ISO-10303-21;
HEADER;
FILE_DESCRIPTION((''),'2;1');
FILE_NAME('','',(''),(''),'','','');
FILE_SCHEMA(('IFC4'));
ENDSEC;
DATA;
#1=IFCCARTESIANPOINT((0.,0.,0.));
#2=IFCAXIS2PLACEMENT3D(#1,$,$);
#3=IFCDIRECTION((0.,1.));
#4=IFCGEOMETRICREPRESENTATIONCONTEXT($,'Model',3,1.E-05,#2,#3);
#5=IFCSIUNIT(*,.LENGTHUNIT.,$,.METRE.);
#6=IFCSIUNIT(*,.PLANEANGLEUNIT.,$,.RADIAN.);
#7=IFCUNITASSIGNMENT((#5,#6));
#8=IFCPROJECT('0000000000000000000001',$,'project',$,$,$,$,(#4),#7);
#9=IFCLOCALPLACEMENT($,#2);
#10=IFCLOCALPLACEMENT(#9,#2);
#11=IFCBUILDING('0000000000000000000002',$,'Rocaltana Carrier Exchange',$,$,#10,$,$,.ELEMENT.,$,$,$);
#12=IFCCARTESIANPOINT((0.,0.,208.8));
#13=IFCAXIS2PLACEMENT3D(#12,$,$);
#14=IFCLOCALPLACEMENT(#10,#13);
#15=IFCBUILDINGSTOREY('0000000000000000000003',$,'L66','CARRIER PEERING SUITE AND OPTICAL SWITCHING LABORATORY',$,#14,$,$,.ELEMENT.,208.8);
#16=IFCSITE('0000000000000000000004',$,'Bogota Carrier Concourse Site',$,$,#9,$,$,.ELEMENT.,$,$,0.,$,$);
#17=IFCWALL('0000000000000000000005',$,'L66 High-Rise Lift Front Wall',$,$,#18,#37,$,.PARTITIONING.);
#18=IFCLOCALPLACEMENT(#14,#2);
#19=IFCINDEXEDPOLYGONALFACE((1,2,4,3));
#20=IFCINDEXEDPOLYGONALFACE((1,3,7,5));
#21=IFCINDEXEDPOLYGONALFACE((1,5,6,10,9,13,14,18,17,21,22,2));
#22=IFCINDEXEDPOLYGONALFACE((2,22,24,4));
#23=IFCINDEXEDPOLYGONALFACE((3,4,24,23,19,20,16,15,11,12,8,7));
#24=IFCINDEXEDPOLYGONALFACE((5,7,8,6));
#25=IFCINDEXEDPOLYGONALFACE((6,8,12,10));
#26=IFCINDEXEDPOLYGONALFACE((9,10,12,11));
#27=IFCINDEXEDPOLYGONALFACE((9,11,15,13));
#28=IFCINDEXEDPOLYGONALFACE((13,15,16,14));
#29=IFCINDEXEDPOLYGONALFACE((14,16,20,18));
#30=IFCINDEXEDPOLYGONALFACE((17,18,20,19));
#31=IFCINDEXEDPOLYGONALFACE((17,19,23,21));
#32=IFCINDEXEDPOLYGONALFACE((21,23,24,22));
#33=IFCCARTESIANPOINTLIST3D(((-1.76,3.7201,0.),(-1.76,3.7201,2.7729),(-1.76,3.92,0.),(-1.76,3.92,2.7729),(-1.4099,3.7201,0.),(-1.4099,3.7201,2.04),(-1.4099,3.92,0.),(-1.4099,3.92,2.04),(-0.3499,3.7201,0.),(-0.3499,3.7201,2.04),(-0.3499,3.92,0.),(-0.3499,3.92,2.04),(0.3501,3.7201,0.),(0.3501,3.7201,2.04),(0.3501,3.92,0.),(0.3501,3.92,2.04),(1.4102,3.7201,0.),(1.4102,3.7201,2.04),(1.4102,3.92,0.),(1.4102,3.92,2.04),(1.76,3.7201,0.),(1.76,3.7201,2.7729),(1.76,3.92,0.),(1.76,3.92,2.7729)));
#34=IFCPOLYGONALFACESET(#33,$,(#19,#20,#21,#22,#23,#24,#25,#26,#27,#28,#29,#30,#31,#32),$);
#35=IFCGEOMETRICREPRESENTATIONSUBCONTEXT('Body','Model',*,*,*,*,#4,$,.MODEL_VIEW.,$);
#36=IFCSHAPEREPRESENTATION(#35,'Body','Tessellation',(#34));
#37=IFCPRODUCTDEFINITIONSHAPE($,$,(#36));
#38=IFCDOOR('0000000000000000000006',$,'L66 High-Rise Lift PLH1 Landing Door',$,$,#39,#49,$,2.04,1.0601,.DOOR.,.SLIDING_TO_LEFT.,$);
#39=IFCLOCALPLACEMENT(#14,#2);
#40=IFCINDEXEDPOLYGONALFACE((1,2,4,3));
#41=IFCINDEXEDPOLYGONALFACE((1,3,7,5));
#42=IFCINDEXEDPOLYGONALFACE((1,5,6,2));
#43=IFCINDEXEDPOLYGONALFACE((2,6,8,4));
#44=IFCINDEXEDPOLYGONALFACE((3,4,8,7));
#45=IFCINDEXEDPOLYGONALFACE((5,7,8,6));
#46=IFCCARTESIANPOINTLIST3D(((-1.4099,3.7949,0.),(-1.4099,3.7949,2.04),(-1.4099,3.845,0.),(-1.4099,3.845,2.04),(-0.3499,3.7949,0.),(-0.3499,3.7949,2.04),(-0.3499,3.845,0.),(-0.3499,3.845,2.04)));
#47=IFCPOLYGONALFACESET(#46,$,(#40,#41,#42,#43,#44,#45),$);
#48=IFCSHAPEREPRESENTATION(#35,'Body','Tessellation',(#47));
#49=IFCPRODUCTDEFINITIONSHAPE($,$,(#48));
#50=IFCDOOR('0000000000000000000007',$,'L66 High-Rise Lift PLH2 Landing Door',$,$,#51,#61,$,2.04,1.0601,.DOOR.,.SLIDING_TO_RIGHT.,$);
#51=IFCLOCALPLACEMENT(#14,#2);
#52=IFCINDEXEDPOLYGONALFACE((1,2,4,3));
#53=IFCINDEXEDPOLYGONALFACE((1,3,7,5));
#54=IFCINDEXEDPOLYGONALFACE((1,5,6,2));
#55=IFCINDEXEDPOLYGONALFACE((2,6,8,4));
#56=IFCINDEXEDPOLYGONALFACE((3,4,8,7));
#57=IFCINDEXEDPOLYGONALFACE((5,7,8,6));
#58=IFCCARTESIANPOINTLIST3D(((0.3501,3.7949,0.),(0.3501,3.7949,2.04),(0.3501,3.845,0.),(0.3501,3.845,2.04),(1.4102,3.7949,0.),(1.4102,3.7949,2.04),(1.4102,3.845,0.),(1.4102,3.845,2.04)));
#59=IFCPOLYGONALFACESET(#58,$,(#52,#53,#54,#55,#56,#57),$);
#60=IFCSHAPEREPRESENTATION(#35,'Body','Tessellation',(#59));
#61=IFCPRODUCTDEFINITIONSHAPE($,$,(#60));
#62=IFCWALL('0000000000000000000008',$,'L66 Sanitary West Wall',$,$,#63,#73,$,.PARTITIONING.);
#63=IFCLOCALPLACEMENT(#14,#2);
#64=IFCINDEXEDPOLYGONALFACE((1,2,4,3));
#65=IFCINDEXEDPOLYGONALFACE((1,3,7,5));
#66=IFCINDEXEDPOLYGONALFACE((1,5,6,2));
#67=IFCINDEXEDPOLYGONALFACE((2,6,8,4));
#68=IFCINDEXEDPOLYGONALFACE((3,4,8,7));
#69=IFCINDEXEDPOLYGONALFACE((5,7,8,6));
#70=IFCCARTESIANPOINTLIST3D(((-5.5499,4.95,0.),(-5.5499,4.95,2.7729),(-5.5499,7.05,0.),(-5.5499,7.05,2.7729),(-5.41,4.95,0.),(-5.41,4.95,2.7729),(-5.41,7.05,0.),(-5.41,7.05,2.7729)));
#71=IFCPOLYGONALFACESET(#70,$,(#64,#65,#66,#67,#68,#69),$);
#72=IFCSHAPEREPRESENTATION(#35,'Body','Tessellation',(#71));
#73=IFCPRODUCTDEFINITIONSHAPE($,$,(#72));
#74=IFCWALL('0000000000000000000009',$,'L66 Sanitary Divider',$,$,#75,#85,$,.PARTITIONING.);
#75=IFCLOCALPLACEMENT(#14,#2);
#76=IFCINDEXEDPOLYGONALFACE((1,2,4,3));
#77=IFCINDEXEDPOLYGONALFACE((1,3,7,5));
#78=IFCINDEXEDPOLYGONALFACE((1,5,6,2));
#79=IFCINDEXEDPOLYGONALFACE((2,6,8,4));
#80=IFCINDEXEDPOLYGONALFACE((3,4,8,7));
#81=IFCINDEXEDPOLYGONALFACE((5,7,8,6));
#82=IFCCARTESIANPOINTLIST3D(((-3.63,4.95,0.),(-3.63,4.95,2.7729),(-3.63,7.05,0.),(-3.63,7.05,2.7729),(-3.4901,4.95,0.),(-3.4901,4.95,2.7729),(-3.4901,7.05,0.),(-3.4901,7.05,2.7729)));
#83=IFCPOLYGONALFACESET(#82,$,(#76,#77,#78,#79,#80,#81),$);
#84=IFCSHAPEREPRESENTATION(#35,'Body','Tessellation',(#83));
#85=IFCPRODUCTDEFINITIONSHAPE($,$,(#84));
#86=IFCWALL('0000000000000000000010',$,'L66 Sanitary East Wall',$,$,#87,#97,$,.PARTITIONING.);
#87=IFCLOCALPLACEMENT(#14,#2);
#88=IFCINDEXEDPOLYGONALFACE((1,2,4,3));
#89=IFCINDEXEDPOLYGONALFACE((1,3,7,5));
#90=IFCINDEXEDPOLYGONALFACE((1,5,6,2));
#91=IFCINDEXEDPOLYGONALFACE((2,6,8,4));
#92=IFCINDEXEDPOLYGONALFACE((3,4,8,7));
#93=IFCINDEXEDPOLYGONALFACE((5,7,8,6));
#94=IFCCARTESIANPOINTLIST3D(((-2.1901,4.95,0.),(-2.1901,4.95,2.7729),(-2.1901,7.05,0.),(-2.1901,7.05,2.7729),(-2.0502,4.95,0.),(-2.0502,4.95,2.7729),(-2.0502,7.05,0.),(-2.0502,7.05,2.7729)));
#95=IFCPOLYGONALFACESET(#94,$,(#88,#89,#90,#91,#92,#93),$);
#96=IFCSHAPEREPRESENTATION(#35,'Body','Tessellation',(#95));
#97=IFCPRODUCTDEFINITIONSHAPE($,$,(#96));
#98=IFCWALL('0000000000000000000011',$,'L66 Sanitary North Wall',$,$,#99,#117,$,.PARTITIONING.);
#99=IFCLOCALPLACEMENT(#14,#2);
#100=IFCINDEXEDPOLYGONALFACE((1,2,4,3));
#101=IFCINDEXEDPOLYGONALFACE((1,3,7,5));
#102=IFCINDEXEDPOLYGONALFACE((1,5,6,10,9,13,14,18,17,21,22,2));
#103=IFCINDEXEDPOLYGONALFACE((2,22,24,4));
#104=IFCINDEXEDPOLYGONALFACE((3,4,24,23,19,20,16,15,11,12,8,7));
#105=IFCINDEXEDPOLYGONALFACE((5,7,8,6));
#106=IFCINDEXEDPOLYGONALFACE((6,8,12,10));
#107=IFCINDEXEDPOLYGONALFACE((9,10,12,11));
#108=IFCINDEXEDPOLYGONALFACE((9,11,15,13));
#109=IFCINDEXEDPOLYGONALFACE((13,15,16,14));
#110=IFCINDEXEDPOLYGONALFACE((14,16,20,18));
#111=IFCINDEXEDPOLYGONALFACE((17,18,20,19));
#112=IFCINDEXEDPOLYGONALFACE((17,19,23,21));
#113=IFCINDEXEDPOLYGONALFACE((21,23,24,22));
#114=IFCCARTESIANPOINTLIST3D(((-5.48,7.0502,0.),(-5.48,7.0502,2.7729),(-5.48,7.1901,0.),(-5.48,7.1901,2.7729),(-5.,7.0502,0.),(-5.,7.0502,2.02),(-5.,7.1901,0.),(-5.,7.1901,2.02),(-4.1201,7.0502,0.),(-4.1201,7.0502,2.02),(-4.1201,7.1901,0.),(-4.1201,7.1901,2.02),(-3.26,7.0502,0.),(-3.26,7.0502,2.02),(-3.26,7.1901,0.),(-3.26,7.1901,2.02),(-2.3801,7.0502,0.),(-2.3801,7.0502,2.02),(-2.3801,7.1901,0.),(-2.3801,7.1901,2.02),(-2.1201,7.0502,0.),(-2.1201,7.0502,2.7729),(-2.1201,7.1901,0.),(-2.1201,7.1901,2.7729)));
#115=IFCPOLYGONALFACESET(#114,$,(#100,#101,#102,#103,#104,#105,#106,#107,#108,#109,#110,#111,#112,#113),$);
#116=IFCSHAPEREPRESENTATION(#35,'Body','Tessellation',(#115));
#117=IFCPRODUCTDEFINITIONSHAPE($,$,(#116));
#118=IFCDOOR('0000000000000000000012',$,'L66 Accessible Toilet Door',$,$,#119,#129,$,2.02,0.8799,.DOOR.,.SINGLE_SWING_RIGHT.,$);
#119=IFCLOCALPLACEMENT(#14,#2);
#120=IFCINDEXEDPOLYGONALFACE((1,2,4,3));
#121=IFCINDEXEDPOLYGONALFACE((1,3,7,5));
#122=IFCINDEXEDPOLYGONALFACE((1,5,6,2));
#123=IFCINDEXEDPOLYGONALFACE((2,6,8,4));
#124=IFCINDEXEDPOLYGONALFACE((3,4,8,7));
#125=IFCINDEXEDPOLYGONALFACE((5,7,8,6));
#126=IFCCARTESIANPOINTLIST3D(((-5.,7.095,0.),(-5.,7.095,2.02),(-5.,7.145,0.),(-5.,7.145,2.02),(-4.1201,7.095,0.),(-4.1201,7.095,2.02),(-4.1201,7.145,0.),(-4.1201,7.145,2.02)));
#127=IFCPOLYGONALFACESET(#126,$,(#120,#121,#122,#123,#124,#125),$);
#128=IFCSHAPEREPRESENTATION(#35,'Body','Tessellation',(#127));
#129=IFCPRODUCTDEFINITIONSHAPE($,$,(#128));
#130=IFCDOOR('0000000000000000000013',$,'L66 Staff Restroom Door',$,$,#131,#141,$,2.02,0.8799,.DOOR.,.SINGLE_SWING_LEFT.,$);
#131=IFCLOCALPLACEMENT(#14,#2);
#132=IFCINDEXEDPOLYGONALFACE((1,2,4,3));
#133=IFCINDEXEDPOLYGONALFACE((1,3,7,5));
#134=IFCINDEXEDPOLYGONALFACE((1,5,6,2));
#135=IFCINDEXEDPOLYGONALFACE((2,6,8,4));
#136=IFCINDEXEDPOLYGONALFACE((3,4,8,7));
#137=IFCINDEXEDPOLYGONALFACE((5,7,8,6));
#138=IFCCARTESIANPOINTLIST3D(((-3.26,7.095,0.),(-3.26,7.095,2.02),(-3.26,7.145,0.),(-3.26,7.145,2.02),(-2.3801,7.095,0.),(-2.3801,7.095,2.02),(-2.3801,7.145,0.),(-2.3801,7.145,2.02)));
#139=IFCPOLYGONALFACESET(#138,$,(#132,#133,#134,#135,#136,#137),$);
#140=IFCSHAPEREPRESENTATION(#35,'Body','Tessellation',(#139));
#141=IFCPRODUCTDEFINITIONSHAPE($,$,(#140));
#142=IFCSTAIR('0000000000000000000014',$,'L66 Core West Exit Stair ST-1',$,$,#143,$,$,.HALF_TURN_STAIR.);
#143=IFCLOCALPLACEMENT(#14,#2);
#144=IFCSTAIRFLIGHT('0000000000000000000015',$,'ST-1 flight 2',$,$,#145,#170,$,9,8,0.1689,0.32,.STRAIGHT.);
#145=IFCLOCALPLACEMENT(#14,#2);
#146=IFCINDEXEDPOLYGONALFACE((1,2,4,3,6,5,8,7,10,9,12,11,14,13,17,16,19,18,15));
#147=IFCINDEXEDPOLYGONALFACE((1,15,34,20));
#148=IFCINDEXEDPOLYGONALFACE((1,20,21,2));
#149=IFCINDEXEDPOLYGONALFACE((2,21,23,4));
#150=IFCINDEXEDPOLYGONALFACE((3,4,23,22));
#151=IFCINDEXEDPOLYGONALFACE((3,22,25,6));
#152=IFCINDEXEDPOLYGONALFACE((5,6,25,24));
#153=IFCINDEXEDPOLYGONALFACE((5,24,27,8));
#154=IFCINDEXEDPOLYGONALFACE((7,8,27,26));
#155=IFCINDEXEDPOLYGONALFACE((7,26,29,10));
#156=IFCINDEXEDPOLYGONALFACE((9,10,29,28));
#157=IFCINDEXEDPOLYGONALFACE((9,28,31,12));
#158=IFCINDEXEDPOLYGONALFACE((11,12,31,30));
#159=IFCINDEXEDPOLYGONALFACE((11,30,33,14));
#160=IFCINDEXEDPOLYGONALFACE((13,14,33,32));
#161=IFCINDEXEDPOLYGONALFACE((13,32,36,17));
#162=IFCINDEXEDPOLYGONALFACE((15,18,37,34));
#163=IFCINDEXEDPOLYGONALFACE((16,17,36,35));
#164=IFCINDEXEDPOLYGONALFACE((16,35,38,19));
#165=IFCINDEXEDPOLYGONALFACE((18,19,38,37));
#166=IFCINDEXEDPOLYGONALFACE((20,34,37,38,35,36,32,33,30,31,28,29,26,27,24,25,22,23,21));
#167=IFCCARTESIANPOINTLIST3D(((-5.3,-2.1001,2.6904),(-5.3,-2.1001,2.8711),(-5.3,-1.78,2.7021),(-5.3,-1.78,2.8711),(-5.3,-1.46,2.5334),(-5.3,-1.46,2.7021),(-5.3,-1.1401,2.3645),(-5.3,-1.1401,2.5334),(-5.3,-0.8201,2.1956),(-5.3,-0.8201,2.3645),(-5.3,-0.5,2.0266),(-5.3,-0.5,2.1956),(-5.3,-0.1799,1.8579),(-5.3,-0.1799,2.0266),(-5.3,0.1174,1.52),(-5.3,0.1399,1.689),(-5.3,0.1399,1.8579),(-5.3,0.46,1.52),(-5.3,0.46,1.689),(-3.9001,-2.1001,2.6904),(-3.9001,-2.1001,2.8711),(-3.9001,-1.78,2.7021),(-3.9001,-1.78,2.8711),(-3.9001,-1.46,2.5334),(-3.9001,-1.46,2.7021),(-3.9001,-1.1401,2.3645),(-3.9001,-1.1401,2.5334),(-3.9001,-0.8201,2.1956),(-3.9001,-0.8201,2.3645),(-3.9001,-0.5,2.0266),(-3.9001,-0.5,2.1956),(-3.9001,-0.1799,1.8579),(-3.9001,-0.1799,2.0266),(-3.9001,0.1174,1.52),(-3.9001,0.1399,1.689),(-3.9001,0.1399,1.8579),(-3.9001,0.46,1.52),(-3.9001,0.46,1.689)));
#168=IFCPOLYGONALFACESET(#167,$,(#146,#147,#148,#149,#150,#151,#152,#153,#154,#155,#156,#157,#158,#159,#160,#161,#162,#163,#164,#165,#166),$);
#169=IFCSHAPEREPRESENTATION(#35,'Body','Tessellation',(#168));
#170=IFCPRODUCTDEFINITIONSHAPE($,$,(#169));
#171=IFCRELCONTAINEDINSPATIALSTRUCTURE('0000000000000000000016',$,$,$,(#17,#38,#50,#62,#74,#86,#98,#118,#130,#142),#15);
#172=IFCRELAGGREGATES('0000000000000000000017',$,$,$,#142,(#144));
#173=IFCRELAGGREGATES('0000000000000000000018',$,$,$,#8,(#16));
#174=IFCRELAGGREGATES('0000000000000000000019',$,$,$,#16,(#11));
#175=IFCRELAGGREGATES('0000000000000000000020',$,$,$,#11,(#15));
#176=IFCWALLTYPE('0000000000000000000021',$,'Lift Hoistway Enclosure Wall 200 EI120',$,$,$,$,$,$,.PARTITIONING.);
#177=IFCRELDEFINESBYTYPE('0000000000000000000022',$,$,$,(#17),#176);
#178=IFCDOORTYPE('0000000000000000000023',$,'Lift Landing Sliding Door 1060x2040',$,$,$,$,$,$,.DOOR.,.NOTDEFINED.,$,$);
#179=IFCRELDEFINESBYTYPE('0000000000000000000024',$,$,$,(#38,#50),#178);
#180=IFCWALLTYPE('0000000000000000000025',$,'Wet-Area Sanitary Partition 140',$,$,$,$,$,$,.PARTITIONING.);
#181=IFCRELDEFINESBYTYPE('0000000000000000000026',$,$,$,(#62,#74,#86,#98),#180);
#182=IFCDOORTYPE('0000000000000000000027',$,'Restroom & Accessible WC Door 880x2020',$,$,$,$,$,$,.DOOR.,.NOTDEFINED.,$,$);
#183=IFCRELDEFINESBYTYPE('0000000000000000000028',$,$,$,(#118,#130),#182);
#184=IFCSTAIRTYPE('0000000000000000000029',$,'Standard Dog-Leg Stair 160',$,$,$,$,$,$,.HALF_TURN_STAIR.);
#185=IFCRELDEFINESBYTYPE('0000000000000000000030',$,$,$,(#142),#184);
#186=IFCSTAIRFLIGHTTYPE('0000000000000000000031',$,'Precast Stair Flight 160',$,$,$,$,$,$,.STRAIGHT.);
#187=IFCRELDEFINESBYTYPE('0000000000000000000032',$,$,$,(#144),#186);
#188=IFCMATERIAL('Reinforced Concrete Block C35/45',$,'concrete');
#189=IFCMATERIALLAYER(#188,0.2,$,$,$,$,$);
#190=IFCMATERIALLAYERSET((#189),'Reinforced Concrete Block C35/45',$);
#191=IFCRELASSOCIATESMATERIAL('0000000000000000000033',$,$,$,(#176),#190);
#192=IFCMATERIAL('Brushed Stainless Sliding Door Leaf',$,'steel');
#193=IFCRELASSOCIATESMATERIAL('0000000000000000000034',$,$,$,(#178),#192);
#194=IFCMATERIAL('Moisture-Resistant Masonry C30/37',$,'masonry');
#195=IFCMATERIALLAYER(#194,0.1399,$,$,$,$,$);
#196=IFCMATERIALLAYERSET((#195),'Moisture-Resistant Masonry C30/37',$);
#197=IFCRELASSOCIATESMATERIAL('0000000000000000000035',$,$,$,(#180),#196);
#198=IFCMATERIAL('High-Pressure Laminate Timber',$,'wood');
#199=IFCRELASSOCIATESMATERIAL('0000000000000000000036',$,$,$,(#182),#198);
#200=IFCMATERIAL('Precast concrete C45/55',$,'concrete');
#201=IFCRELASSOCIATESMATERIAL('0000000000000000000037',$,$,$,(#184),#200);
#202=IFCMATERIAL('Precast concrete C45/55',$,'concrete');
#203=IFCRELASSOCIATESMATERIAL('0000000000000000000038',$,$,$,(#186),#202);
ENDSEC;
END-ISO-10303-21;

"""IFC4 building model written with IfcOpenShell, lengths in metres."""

from ifc_helpers import new_model, si_unit, direction, frame, frame_2d, origin, place, context, subcontext, project, spatial, polyline, rectangle, outline, extrude, material, layer, layer_set, type_object, element, fill, aggregate, save


model = new_model("IFC4")

# Units and contexts
model_context = context("Model", 3, precision=1e-05, world=origin(), true_north=direction((0.0, 1.0)))
body_context = subcontext(model_context, "Body", "Model", "MODEL_VIEW")
ifc_project = project(units=[si_unit("LENGTHUNIT", "METRE"), si_unit("PLANEANGLEUNIT", "RADIAN")], contexts=[model_context])

# Site, building, storey
site_placement = place(None, origin())
site = spatial("IfcSite", under=ifc_project, at=site_placement, Name="Bogota Carrier Concourse Site", CompositionType="ELEMENT", RefElevation=0.0)
building_placement = place(site_placement, origin())
building = spatial("IfcBuilding", under=site, at=building_placement, Name="Rocaltana Carrier Exchange", CompositionType="ELEMENT")
storey_placement = place(building_placement, frame((0.0, 0.0, 208.8)))
storey = spatial("IfcBuildingStorey", under=building, at=storey_placement, Name="L66", Description="CARRIER PEERING SUITE AND OPTICAL SWITCHING LABORATORY", CompositionType="ELEMENT", Elevation=208.8)

# Shared definitions
ifc_material_1 = material(Name="Reinforced Concrete Block C35/45", Category="concrete")
ifc_layer_1 = layer(ifc_material_1, 0.2)
ifc_layer_set_1 = layer_set([ifc_layer_1], Name="Reinforced Concrete Block C35/45")
wall_type_1 = type_object("IfcWallType", Name="Lift Hoistway Enclosure Wall 200 EI120", PredefinedType="PARTITIONING", material=ifc_layer_set_1)

# Wall, openings, doors
wall_1_placement = place(storey_placement, frame((-1.76, 3.8201, 0.0), z_axis=(0.0, 0.0, 1.0), x_axis=(1.0, 0.0, 0.0)))
wall_1 = element("IfcWall", 1, at=wall_1_placement, inside=storey, type_object=wall_type_1, Name="L66 High-Rise Lift Front Wall", PredefinedType="PARTITIONING", context=body_context, shape_type="SweptSolid", body=[
    extrude(rectangle(XDim=3.52, YDim=0.2, at=frame_2d((1.76, 0.0))), origin(), (0.0, 0.0, 1.0), 2.7729),
])
opening_1_placement = place(wall_1_placement, frame((0.3501, 0.0, 0.0)))
opening_1 = element("IfcOpeningElement", 2, at=opening_1_placement, cuts=wall_1, PredefinedType="OPENING", context=body_context, shape_type="SweptSolid", body=[
    extrude(rectangle(XDim=1.0601, YDim=2.04, at=frame_2d((0.53, 1.02))), frame((0.0, 0.1099, 0.0), z_axis=(0.0, -1.0, 0.0), x_axis=(1.0, 0.0, 0.0)), (0.0, 0.0, 1.0), 0.22),
])
opening_2_placement = place(wall_1_placement, frame((2.1101, 0.0, 0.0)))
opening_2 = element("IfcOpeningElement", 3, at=opening_2_placement, cuts=wall_1, PredefinedType="OPENING", context=body_context, shape_type="SweptSolid", body=[
    extrude(rectangle(XDim=1.0601, YDim=2.04, at=frame_2d((0.53, 1.02))), frame((0.0, 0.1099, 0.0), z_axis=(0.0, -1.0, 0.0), x_axis=(1.0, 0.0, 0.0)), (0.0, 0.0, 1.0), 0.22),
])
ifc_material_2 = material(Name="Brushed Stainless Sliding Door Leaf", Category="steel")
door_type_1 = type_object("IfcDoorType", Name="Lift Landing Sliding Door 1060x2040", OperationType="NOTDEFINED", PredefinedType="DOOR", material=ifc_material_2)
door_1_placement = place(opening_1_placement, origin())
door_1 = element("IfcDoor", 4, at=door_1_placement, inside=storey, type_object=door_type_1, Name="L66 High-Rise Lift PLH1 Landing Door", OperationType="SLIDING_TO_LEFT", OverallHeight=2.04, OverallWidth=1.0601, PredefinedType="DOOR", context=body_context, shape_type="SweptSolid", body=[
    extrude(rectangle(XDim=1.0601, YDim=2.04, at=frame_2d((0.53, 1.02))), frame((0.0, 0.0249, 0.0), z_axis=(0.0, -1.0, 0.0), x_axis=(1.0, 0.0, 0.0)), (0.0, 0.0, 1.0), 0.05),
])
fill(opening_1, door_1)
door_2_placement = place(opening_2_placement, origin())
door_2 = element("IfcDoor", 5, at=door_2_placement, inside=storey, type_object=door_type_1, Name="L66 High-Rise Lift PLH2 Landing Door", OperationType="SLIDING_TO_RIGHT", OverallHeight=2.04, OverallWidth=1.0601, PredefinedType="DOOR", context=body_context, shape_type="SweptSolid", body=[
    extrude(rectangle(XDim=1.0601, YDim=2.04, at=frame_2d((0.53, 1.02))), frame((0.0, 0.0249, 0.0), z_axis=(0.0, -1.0, 0.0), x_axis=(1.0, 0.0, 0.0)), (0.0, 0.0, 1.0), 0.05),
])
fill(opening_2, door_2)

# Walls
ifc_material_3 = material(Name="Moisture-Resistant Masonry C30/37", Category="masonry")
ifc_layer_2 = layer(ifc_material_3, 0.1399)
ifc_layer_set_2 = layer_set([ifc_layer_2], Name="Moisture-Resistant Masonry C30/37")
wall_type_2 = type_object("IfcWallType", Name="Wet-Area Sanitary Partition 140", PredefinedType="PARTITIONING", material=ifc_layer_set_2)
for number, where, z_axis, x_axis, name in (
    (6, (-5.48, 4.95, 0.0), (0.0, 0.0, 1.0), (0.0, 1.0, 0.0), "L66 Sanitary West Wall"),
    (7, (-3.5601, 4.95, 0.0), (0.0, 0.0, 1.0), (0.0, 1.0, 0.0), "L66 Sanitary Divider"),
    (8, (-2.1201, 4.95, 0.0), (0.0, 0.0, 1.0), (0.0, 1.0, 0.0), "L66 Sanitary East Wall"),
):
    element("IfcWall", number, at=place(storey_placement, frame(where, z_axis=z_axis, x_axis=x_axis)), inside=storey, type_object=wall_type_2, Name=name, PredefinedType="PARTITIONING", context=body_context, shape_type="SweptSolid", body=[
        extrude(rectangle(XDim=2.1001, YDim=0.1399, at=frame_2d((1.05, 0.0))), origin(), (0.0, 0.0, 1.0), 2.7729),
    ])

# Wall, openings, doors
wall_2_placement = place(storey_placement, frame((-5.48, 7.1201, 0.0), z_axis=(0.0, 0.0, 1.0), x_axis=(1.0, 0.0, 0.0)))
wall_2 = element("IfcWall", 9, at=wall_2_placement, inside=storey, type_object=wall_type_2, Name="L66 Sanitary North Wall", PredefinedType="PARTITIONING", context=body_context, shape_type="SweptSolid", body=[
    extrude(rectangle(XDim=3.3599, YDim=0.1399, at=frame_2d((1.6799, 0.0))), origin(), (0.0, 0.0, 1.0), 2.7729),
])
opening_3_placement = place(wall_2_placement, frame((0.48, 0.0, 0.0)))
opening_3 = element("IfcOpeningElement", 10, at=opening_3_placement, cuts=wall_2, PredefinedType="OPENING", context=body_context, shape_type="SweptSolid", body=[
    extrude(rectangle(XDim=0.8799, YDim=2.02, at=frame_2d((0.4399, 1.01))), frame((0.0, 0.0798, 0.0), z_axis=(0.0, -1.0, 0.0), x_axis=(1.0, 0.0, 0.0)), (0.0, 0.0, 1.0), 0.1599),
])
opening_4_placement = place(wall_2_placement, frame((2.22, 0.0, 0.0)))
opening_4 = element("IfcOpeningElement", 11, at=opening_4_placement, cuts=wall_2, PredefinedType="OPENING", context=body_context, shape_type="SweptSolid", body=[
    extrude(rectangle(XDim=0.8799, YDim=2.02, at=frame_2d((0.4399, 1.01))), frame((0.0, 0.0798, 0.0), z_axis=(0.0, -1.0, 0.0), x_axis=(1.0, 0.0, 0.0)), (0.0, 0.0, 1.0), 0.1599),
])
ifc_material_4 = material(Name="High-Pressure Laminate Timber", Category="wood")
door_type_2 = type_object("IfcDoorType", Name="Restroom & Accessible WC Door 880x2020", OperationType="NOTDEFINED", PredefinedType="DOOR", material=ifc_material_4)
door_3_placement = place(opening_3_placement, origin())
door_3 = element("IfcDoor", 12, at=door_3_placement, inside=storey, type_object=door_type_2, Name="L66 Accessible Toilet Door", OperationType="SINGLE_SWING_RIGHT", OverallHeight=2.02, OverallWidth=0.8799, PredefinedType="DOOR", context=body_context, shape_type="SweptSolid", body=[
    extrude(rectangle(XDim=0.8799, YDim=2.02, at=frame_2d((0.4399, 1.01))), frame((0.0, 0.0249, 0.0), z_axis=(0.0, -1.0, 0.0), x_axis=(1.0, 0.0, 0.0)), (0.0, 0.0, 1.0), 0.05),
])
fill(opening_3, door_3)
door_4_placement = place(opening_4_placement, origin())
door_4 = element("IfcDoor", 13, at=door_4_placement, inside=storey, type_object=door_type_2, Name="L66 Staff Restroom Door", OperationType="SINGLE_SWING_LEFT", OverallHeight=2.02, OverallWidth=0.8799, PredefinedType="DOOR", context=body_context, shape_type="SweptSolid", body=[
    extrude(rectangle(XDim=0.8799, YDim=2.02, at=frame_2d((0.4399, 1.01))), frame((0.0, 0.0249, 0.0), z_axis=(0.0, -1.0, 0.0), x_axis=(1.0, 0.0, 0.0)), (0.0, 0.0, 1.0), 0.05),
])
fill(opening_4, door_4)

# Stair, stair flight
ifc_material_5 = material(Name="Precast concrete C45/55", Category="concrete")
stair_type = type_object("IfcStairType", Name="Standard Dog-Leg Stair 160", PredefinedType="HALF_TURN_STAIR", material=ifc_material_5)
stair_placement = place(storey_placement, origin())
stair = element("IfcStair", 14, at=stair_placement, inside=storey, type_object=stair_type, Name="L66 Core West Exit Stair ST-1", PredefinedType="HALF_TURN_STAIR")
ifc_material_6 = material(Name="Precast concrete C45/55", Category="concrete")
stair_flight_type = type_object("IfcStairFlightType", Name="Precast Stair Flight 160", PredefinedType="STRAIGHT", material=ifc_material_6)
stair_flight_placement = place(storey_placement, frame((-4.6001, 0.46, 1.52), z_axis=(0.0, 0.0, 1.0), x_axis=(0.0, -1.0, 0.0)))
stair_flight = element("IfcStairFlight", 15, at=stair_flight_placement, type_object=stair_flight_type, Name="ST-1 flight 2", NumberOfRisers=9, NumberOfTreads=8, PredefinedType="STRAIGHT", RiserHeight=0.1689, TreadLength=0.32, context=body_context, shape_type="SweptSolid", body=[
    extrude(outline(polyline([(0.0, 0.0), (0.0, 0.1689), (0.3201, 0.1689), (0.3201, 0.3379), (0.6399, 0.3379), (0.6399, 0.5066), (0.96, 0.5066), (0.96, 0.6755), (1.28, 0.6755), (1.28, 0.8445), (1.6001, 0.8445), (1.6001, 1.0134), (1.9199, 1.0134), (1.9199, 1.1821), (2.24, 1.1821), (2.24, 1.3511), (2.5601, 1.3511), (2.5601, 1.52), (2.5601, 1.1704), (0.3425, 0.0), (0.0, 0.0)])), frame((0.0, 0.7, 0.0), z_axis=(0.0, -1.0, 0.0), x_axis=(1.0, 0.0, 0.0)), (0.0, 0.0, 1.0), 1.3999),
])
aggregate(stair, [stair_flight])

save(model, "model.ifc")
